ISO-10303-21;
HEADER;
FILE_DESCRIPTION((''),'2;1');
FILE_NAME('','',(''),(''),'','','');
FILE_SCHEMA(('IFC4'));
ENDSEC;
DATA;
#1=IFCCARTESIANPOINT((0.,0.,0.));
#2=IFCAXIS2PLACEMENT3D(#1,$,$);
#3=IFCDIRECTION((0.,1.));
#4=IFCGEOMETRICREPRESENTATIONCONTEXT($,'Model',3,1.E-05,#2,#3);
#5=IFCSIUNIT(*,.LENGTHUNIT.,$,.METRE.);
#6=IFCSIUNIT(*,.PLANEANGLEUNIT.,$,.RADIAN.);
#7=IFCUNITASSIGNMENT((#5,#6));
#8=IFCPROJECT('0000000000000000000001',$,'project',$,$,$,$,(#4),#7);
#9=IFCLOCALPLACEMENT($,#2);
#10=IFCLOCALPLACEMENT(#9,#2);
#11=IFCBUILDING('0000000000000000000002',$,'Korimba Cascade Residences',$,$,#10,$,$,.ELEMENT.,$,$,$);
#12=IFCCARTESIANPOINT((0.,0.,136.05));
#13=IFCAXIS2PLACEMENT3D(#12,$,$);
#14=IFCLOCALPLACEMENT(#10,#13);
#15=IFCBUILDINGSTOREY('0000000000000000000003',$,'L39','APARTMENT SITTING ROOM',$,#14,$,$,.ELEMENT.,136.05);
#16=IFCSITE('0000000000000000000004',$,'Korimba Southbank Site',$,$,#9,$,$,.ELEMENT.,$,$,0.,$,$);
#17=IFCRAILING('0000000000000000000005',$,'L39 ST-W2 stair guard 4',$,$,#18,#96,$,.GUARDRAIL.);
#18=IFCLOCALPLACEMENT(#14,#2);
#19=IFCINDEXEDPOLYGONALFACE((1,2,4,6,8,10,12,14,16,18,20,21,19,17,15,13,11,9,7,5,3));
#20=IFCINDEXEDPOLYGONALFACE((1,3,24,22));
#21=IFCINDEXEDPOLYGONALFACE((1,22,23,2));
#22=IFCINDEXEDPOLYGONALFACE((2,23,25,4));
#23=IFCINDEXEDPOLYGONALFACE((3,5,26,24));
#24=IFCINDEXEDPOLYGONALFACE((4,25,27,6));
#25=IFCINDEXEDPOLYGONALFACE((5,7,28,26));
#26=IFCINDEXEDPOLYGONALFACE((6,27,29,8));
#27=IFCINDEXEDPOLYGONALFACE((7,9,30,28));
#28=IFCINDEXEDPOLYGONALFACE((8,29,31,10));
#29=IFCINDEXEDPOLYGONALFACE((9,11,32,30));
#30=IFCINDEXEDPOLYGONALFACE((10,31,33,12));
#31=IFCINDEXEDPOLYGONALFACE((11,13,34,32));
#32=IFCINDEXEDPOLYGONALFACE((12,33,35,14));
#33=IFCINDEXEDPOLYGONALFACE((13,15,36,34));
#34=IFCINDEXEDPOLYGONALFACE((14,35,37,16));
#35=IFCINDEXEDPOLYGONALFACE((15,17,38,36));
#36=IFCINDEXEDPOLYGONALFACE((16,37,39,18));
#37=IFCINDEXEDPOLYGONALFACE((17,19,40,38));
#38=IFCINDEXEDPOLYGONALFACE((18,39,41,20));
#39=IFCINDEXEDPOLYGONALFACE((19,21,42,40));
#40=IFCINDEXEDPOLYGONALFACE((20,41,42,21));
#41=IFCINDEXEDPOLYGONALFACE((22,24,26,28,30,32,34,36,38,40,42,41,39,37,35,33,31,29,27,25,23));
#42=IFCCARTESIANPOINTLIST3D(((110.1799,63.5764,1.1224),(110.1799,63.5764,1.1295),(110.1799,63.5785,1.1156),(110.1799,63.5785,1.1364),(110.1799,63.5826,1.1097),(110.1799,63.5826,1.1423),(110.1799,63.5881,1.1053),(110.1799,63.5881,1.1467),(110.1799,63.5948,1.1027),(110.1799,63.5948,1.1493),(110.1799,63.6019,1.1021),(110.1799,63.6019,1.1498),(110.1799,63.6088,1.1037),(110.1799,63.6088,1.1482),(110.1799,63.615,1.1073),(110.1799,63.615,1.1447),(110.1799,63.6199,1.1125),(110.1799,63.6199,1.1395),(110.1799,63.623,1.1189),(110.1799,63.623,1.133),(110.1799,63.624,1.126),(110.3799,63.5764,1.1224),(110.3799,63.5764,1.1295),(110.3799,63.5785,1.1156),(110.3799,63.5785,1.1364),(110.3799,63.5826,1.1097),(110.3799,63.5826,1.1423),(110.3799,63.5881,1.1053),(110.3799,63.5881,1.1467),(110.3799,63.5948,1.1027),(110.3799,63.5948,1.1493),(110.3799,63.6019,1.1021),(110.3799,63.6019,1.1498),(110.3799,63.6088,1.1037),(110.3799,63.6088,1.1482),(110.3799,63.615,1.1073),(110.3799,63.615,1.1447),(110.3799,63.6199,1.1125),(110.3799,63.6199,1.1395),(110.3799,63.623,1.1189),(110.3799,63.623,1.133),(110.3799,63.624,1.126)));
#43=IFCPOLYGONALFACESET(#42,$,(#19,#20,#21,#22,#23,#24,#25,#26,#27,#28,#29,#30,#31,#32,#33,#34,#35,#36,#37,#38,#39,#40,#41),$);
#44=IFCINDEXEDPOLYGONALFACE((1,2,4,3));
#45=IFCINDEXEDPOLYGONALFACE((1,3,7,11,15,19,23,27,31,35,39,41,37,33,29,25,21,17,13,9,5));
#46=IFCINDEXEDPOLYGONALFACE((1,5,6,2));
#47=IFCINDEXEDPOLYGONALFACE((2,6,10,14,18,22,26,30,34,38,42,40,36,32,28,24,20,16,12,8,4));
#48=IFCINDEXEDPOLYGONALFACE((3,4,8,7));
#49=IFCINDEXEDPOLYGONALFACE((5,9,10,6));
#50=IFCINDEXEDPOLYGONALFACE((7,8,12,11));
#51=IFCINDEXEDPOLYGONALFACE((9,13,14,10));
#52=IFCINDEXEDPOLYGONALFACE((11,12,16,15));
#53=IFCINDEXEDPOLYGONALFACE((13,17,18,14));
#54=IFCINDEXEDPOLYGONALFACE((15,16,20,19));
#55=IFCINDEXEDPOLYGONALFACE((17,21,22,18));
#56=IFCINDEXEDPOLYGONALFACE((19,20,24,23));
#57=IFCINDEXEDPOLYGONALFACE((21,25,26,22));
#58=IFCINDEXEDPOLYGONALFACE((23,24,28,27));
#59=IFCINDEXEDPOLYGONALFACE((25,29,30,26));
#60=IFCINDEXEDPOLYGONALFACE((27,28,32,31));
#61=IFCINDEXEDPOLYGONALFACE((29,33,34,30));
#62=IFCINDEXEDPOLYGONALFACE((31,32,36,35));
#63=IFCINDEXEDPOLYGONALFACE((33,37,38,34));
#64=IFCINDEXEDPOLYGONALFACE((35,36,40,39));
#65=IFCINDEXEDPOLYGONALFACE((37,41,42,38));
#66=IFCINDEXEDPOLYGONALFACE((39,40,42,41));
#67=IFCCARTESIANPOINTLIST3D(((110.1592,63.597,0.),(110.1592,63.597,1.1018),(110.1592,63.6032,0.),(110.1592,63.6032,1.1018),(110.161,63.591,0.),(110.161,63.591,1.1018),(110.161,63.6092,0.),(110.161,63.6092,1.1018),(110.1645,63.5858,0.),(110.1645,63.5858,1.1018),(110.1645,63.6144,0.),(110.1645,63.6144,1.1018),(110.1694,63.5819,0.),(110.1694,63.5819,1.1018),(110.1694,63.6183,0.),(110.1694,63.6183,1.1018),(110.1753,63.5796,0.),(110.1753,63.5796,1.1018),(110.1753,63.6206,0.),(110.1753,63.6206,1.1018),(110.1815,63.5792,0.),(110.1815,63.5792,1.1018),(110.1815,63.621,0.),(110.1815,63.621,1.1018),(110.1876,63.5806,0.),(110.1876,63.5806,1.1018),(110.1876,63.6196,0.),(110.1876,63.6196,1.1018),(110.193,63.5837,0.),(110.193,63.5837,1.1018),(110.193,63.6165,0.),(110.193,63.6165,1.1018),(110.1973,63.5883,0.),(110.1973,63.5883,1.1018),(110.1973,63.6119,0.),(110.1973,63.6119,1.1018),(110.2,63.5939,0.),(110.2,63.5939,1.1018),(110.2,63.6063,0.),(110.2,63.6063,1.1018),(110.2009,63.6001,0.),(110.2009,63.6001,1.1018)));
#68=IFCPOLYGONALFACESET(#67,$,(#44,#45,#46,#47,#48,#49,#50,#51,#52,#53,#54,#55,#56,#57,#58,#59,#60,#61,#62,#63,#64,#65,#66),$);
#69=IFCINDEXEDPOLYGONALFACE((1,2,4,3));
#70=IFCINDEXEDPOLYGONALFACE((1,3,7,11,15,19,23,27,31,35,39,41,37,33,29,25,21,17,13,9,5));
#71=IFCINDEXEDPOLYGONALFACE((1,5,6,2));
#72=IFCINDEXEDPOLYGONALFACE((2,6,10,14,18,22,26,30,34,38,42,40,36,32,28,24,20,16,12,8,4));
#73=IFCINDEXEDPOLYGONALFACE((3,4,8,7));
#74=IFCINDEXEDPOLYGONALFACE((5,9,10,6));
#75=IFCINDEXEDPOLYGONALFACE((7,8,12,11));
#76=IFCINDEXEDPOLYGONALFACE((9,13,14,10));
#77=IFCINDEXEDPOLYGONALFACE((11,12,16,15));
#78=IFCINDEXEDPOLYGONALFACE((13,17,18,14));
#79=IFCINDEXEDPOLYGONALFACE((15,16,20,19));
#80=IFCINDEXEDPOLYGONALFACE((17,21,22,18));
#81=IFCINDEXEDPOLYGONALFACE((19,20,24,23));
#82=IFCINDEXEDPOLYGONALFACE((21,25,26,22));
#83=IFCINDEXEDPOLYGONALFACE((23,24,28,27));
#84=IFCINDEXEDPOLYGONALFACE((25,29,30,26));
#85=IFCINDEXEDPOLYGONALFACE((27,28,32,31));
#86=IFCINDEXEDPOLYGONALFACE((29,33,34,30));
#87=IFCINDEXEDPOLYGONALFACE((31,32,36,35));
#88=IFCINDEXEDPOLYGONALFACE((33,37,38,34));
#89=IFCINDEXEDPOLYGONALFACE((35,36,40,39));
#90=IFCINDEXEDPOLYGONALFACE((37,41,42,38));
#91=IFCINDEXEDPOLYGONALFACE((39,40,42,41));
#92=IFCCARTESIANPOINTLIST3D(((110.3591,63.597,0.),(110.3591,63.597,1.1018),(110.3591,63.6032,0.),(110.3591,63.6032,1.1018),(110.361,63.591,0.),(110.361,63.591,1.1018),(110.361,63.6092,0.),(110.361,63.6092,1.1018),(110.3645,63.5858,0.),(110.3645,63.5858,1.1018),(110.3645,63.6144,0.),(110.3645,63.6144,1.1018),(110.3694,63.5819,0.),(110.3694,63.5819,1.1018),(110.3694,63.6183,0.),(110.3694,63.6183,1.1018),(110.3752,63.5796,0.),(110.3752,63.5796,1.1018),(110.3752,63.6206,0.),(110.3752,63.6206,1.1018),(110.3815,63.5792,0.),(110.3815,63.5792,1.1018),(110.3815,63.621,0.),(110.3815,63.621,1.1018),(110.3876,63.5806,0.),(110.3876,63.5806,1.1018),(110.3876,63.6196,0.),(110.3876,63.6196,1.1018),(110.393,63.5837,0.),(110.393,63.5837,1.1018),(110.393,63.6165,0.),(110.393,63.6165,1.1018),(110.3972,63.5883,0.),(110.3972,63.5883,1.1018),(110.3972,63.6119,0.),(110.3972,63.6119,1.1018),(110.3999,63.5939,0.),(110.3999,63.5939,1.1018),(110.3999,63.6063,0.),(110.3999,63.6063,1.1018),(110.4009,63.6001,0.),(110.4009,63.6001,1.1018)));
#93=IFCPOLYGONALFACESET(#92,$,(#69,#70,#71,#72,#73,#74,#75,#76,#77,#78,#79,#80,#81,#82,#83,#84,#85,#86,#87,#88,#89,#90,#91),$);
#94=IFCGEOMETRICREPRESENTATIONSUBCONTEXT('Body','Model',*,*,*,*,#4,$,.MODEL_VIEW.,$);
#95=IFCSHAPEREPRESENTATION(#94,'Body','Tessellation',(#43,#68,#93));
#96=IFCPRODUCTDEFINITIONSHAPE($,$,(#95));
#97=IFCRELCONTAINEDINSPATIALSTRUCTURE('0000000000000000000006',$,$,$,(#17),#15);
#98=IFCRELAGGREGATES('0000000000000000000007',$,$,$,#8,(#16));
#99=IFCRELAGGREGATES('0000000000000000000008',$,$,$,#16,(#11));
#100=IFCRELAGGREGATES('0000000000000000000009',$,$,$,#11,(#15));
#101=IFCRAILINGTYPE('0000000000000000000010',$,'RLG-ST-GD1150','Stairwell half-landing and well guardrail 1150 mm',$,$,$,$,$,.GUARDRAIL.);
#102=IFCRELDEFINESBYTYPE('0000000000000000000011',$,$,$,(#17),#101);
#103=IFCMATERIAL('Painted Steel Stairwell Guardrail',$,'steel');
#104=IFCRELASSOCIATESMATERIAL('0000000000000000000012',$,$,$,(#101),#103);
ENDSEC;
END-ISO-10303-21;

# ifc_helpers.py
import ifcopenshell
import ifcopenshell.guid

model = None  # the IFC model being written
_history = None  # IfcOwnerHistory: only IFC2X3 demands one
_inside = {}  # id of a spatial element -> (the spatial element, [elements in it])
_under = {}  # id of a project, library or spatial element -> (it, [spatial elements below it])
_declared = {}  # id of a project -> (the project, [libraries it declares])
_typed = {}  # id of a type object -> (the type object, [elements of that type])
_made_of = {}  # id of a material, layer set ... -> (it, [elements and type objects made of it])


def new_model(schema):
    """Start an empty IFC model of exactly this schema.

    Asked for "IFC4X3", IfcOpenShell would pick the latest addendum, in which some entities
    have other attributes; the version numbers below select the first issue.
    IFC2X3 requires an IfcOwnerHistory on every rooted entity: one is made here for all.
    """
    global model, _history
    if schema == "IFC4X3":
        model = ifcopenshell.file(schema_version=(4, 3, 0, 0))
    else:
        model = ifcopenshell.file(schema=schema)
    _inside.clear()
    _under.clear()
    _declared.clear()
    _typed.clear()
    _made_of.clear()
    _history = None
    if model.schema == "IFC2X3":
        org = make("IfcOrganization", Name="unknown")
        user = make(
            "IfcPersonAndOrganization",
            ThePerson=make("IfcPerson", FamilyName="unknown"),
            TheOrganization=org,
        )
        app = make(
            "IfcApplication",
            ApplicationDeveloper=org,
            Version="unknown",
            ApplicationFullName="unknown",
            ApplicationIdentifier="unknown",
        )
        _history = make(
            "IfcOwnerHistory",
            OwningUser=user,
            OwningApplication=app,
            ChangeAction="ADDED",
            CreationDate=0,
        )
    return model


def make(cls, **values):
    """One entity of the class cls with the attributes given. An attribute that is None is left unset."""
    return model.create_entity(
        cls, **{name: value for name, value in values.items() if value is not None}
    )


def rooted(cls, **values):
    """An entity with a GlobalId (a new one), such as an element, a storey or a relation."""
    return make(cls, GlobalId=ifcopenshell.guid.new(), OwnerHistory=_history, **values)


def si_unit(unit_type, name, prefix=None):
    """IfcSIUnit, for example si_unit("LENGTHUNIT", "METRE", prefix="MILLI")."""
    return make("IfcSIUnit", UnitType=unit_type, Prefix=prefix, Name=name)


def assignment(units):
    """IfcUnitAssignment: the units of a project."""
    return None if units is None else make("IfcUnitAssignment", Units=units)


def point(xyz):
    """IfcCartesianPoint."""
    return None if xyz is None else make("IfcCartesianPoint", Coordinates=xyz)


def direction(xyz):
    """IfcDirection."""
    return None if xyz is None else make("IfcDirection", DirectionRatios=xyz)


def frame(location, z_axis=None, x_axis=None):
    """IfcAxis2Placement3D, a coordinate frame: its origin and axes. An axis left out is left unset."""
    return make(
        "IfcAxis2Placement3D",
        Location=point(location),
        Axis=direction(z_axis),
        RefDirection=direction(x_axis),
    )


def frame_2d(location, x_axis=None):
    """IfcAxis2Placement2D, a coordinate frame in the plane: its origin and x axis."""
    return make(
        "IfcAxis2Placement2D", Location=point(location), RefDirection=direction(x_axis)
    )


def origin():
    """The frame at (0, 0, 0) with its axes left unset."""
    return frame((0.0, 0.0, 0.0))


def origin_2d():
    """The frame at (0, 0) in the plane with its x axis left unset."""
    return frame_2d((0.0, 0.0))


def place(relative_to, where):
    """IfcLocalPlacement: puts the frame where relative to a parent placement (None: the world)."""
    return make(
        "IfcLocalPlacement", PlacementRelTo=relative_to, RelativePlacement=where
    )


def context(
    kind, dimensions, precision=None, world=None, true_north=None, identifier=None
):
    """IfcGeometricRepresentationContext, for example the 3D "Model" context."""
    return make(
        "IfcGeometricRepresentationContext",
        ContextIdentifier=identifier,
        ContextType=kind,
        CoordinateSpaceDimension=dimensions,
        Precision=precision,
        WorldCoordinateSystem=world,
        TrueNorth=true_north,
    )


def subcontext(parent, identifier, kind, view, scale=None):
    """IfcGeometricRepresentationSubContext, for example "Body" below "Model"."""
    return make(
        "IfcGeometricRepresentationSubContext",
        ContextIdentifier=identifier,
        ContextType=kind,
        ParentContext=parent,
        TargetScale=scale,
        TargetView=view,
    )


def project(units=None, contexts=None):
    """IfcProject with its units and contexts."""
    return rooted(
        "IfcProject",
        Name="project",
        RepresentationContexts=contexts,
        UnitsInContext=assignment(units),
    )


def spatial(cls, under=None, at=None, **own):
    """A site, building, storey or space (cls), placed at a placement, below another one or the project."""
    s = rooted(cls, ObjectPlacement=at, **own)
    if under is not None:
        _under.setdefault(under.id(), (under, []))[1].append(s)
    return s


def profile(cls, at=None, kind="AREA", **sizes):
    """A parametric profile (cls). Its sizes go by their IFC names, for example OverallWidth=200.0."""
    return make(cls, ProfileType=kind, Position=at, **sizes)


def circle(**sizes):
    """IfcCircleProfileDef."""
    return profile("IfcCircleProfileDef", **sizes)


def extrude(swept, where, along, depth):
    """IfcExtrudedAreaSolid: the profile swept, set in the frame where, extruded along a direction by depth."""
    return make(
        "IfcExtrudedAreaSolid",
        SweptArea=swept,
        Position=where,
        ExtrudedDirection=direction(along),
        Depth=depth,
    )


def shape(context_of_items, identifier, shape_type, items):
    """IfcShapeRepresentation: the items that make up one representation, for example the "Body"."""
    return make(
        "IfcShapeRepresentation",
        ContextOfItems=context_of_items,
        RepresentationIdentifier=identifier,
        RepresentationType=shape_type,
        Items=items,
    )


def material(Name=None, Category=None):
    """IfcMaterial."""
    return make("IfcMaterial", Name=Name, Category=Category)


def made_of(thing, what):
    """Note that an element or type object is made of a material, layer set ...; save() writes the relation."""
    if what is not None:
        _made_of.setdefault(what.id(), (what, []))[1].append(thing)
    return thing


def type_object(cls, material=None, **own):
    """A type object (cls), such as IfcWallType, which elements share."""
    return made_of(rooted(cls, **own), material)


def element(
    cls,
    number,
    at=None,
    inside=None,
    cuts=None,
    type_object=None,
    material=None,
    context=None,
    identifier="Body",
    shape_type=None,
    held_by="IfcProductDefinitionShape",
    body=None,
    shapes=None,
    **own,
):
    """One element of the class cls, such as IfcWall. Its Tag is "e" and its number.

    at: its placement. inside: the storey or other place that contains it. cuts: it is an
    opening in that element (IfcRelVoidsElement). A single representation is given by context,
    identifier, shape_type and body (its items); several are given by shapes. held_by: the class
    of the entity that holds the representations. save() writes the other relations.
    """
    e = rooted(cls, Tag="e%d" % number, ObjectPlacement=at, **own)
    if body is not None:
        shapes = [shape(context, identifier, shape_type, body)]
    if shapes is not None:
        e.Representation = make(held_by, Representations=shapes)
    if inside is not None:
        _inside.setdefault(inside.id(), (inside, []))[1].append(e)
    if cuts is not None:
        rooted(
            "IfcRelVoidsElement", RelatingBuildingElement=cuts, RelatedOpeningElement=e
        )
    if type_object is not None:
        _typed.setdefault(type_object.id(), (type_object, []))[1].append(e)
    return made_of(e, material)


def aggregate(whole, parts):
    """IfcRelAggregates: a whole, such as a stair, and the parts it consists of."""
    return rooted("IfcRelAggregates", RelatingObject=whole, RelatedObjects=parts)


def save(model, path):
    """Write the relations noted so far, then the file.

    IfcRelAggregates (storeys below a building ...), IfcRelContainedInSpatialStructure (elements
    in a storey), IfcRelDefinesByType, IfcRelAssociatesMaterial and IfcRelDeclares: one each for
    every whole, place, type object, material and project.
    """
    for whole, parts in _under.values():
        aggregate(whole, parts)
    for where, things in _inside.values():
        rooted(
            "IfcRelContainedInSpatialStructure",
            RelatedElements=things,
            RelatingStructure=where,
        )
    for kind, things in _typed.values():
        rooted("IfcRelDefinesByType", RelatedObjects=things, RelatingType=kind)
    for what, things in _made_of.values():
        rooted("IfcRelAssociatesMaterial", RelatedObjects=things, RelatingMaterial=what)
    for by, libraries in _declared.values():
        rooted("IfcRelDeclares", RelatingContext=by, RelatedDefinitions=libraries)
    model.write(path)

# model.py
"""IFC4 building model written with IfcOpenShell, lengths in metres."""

from ifc_helpers import new_model, si_unit, direction, frame, origin, origin_2d, place, context, subcontext, project, spatial, circle, extrude, material, type_object, element, save


model = new_model("IFC4")

# Units and contexts
model_context = context("Model", 3, precision=1e-05, world=origin(), true_north=direction((0.0, 1.0)))
body_context = subcontext(model_context, "Body", "Model", "MODEL_VIEW")
ifc_project = project(units=[si_unit("LENGTHUNIT", "METRE"), si_unit("PLANEANGLEUNIT", "RADIAN")], contexts=[model_context])

# Site, building, storey
site_placement = place(None, origin())
site = spatial("IfcSite", under=ifc_project, at=site_placement, Name="Korimba Southbank Site", CompositionType="ELEMENT", RefElevation=0.0)
building_placement = place(site_placement, origin())
building = spatial("IfcBuilding", under=site, at=building_placement, Name="Korimba Cascade Residences", CompositionType="ELEMENT")
storey_placement = place(building_placement, frame((0.0, 0.0, 136.05)))
storey = spatial("IfcBuildingStorey", under=building, at=storey_placement, Name="L39", Description="APARTMENT SITTING ROOM", CompositionType="ELEMENT", Elevation=136.05)

# Railing
ifc_material_1 = material(Name="Painted Steel Stairwell Guardrail", Category="steel")
railing_type_1 = type_object("IfcRailingType", Name="RLG-ST-GD1150", Description="Stairwell half-landing and well guardrail 1150 mm", PredefinedType="GUARDRAIL", material=ifc_material_1)
railing_1_placement = place(storey_placement, frame((110.1799, 63.6001, 0.0)))
element("IfcRailing", 1, at=railing_1_placement, inside=storey, type_object=railing_type_1, Name="L39 ST-W2 stair guard 4", PredefinedType="GUARDRAIL", context=body_context, shape_type="SweptSolid", body=[
    extrude(circle(Radius=0.0239, at=origin_2d()), frame((0.0, 0.0, 1.126), z_axis=(1.0, 0.0, 0.0), x_axis=(0.0, 1.0, 0.0)), (0.0, 0.0, 1.0), 0.2),
    extrude(circle(Radius=0.021, at=origin_2d()), origin(), (0.0, 0.0, 1.0), 1.1018),
    extrude(circle(Radius=0.021, at=origin_2d()), frame((0.2, 0.0, 0.0)), (0.0, 0.0, 1.0), 1.1018),
])

save(model, "model.ifc")
